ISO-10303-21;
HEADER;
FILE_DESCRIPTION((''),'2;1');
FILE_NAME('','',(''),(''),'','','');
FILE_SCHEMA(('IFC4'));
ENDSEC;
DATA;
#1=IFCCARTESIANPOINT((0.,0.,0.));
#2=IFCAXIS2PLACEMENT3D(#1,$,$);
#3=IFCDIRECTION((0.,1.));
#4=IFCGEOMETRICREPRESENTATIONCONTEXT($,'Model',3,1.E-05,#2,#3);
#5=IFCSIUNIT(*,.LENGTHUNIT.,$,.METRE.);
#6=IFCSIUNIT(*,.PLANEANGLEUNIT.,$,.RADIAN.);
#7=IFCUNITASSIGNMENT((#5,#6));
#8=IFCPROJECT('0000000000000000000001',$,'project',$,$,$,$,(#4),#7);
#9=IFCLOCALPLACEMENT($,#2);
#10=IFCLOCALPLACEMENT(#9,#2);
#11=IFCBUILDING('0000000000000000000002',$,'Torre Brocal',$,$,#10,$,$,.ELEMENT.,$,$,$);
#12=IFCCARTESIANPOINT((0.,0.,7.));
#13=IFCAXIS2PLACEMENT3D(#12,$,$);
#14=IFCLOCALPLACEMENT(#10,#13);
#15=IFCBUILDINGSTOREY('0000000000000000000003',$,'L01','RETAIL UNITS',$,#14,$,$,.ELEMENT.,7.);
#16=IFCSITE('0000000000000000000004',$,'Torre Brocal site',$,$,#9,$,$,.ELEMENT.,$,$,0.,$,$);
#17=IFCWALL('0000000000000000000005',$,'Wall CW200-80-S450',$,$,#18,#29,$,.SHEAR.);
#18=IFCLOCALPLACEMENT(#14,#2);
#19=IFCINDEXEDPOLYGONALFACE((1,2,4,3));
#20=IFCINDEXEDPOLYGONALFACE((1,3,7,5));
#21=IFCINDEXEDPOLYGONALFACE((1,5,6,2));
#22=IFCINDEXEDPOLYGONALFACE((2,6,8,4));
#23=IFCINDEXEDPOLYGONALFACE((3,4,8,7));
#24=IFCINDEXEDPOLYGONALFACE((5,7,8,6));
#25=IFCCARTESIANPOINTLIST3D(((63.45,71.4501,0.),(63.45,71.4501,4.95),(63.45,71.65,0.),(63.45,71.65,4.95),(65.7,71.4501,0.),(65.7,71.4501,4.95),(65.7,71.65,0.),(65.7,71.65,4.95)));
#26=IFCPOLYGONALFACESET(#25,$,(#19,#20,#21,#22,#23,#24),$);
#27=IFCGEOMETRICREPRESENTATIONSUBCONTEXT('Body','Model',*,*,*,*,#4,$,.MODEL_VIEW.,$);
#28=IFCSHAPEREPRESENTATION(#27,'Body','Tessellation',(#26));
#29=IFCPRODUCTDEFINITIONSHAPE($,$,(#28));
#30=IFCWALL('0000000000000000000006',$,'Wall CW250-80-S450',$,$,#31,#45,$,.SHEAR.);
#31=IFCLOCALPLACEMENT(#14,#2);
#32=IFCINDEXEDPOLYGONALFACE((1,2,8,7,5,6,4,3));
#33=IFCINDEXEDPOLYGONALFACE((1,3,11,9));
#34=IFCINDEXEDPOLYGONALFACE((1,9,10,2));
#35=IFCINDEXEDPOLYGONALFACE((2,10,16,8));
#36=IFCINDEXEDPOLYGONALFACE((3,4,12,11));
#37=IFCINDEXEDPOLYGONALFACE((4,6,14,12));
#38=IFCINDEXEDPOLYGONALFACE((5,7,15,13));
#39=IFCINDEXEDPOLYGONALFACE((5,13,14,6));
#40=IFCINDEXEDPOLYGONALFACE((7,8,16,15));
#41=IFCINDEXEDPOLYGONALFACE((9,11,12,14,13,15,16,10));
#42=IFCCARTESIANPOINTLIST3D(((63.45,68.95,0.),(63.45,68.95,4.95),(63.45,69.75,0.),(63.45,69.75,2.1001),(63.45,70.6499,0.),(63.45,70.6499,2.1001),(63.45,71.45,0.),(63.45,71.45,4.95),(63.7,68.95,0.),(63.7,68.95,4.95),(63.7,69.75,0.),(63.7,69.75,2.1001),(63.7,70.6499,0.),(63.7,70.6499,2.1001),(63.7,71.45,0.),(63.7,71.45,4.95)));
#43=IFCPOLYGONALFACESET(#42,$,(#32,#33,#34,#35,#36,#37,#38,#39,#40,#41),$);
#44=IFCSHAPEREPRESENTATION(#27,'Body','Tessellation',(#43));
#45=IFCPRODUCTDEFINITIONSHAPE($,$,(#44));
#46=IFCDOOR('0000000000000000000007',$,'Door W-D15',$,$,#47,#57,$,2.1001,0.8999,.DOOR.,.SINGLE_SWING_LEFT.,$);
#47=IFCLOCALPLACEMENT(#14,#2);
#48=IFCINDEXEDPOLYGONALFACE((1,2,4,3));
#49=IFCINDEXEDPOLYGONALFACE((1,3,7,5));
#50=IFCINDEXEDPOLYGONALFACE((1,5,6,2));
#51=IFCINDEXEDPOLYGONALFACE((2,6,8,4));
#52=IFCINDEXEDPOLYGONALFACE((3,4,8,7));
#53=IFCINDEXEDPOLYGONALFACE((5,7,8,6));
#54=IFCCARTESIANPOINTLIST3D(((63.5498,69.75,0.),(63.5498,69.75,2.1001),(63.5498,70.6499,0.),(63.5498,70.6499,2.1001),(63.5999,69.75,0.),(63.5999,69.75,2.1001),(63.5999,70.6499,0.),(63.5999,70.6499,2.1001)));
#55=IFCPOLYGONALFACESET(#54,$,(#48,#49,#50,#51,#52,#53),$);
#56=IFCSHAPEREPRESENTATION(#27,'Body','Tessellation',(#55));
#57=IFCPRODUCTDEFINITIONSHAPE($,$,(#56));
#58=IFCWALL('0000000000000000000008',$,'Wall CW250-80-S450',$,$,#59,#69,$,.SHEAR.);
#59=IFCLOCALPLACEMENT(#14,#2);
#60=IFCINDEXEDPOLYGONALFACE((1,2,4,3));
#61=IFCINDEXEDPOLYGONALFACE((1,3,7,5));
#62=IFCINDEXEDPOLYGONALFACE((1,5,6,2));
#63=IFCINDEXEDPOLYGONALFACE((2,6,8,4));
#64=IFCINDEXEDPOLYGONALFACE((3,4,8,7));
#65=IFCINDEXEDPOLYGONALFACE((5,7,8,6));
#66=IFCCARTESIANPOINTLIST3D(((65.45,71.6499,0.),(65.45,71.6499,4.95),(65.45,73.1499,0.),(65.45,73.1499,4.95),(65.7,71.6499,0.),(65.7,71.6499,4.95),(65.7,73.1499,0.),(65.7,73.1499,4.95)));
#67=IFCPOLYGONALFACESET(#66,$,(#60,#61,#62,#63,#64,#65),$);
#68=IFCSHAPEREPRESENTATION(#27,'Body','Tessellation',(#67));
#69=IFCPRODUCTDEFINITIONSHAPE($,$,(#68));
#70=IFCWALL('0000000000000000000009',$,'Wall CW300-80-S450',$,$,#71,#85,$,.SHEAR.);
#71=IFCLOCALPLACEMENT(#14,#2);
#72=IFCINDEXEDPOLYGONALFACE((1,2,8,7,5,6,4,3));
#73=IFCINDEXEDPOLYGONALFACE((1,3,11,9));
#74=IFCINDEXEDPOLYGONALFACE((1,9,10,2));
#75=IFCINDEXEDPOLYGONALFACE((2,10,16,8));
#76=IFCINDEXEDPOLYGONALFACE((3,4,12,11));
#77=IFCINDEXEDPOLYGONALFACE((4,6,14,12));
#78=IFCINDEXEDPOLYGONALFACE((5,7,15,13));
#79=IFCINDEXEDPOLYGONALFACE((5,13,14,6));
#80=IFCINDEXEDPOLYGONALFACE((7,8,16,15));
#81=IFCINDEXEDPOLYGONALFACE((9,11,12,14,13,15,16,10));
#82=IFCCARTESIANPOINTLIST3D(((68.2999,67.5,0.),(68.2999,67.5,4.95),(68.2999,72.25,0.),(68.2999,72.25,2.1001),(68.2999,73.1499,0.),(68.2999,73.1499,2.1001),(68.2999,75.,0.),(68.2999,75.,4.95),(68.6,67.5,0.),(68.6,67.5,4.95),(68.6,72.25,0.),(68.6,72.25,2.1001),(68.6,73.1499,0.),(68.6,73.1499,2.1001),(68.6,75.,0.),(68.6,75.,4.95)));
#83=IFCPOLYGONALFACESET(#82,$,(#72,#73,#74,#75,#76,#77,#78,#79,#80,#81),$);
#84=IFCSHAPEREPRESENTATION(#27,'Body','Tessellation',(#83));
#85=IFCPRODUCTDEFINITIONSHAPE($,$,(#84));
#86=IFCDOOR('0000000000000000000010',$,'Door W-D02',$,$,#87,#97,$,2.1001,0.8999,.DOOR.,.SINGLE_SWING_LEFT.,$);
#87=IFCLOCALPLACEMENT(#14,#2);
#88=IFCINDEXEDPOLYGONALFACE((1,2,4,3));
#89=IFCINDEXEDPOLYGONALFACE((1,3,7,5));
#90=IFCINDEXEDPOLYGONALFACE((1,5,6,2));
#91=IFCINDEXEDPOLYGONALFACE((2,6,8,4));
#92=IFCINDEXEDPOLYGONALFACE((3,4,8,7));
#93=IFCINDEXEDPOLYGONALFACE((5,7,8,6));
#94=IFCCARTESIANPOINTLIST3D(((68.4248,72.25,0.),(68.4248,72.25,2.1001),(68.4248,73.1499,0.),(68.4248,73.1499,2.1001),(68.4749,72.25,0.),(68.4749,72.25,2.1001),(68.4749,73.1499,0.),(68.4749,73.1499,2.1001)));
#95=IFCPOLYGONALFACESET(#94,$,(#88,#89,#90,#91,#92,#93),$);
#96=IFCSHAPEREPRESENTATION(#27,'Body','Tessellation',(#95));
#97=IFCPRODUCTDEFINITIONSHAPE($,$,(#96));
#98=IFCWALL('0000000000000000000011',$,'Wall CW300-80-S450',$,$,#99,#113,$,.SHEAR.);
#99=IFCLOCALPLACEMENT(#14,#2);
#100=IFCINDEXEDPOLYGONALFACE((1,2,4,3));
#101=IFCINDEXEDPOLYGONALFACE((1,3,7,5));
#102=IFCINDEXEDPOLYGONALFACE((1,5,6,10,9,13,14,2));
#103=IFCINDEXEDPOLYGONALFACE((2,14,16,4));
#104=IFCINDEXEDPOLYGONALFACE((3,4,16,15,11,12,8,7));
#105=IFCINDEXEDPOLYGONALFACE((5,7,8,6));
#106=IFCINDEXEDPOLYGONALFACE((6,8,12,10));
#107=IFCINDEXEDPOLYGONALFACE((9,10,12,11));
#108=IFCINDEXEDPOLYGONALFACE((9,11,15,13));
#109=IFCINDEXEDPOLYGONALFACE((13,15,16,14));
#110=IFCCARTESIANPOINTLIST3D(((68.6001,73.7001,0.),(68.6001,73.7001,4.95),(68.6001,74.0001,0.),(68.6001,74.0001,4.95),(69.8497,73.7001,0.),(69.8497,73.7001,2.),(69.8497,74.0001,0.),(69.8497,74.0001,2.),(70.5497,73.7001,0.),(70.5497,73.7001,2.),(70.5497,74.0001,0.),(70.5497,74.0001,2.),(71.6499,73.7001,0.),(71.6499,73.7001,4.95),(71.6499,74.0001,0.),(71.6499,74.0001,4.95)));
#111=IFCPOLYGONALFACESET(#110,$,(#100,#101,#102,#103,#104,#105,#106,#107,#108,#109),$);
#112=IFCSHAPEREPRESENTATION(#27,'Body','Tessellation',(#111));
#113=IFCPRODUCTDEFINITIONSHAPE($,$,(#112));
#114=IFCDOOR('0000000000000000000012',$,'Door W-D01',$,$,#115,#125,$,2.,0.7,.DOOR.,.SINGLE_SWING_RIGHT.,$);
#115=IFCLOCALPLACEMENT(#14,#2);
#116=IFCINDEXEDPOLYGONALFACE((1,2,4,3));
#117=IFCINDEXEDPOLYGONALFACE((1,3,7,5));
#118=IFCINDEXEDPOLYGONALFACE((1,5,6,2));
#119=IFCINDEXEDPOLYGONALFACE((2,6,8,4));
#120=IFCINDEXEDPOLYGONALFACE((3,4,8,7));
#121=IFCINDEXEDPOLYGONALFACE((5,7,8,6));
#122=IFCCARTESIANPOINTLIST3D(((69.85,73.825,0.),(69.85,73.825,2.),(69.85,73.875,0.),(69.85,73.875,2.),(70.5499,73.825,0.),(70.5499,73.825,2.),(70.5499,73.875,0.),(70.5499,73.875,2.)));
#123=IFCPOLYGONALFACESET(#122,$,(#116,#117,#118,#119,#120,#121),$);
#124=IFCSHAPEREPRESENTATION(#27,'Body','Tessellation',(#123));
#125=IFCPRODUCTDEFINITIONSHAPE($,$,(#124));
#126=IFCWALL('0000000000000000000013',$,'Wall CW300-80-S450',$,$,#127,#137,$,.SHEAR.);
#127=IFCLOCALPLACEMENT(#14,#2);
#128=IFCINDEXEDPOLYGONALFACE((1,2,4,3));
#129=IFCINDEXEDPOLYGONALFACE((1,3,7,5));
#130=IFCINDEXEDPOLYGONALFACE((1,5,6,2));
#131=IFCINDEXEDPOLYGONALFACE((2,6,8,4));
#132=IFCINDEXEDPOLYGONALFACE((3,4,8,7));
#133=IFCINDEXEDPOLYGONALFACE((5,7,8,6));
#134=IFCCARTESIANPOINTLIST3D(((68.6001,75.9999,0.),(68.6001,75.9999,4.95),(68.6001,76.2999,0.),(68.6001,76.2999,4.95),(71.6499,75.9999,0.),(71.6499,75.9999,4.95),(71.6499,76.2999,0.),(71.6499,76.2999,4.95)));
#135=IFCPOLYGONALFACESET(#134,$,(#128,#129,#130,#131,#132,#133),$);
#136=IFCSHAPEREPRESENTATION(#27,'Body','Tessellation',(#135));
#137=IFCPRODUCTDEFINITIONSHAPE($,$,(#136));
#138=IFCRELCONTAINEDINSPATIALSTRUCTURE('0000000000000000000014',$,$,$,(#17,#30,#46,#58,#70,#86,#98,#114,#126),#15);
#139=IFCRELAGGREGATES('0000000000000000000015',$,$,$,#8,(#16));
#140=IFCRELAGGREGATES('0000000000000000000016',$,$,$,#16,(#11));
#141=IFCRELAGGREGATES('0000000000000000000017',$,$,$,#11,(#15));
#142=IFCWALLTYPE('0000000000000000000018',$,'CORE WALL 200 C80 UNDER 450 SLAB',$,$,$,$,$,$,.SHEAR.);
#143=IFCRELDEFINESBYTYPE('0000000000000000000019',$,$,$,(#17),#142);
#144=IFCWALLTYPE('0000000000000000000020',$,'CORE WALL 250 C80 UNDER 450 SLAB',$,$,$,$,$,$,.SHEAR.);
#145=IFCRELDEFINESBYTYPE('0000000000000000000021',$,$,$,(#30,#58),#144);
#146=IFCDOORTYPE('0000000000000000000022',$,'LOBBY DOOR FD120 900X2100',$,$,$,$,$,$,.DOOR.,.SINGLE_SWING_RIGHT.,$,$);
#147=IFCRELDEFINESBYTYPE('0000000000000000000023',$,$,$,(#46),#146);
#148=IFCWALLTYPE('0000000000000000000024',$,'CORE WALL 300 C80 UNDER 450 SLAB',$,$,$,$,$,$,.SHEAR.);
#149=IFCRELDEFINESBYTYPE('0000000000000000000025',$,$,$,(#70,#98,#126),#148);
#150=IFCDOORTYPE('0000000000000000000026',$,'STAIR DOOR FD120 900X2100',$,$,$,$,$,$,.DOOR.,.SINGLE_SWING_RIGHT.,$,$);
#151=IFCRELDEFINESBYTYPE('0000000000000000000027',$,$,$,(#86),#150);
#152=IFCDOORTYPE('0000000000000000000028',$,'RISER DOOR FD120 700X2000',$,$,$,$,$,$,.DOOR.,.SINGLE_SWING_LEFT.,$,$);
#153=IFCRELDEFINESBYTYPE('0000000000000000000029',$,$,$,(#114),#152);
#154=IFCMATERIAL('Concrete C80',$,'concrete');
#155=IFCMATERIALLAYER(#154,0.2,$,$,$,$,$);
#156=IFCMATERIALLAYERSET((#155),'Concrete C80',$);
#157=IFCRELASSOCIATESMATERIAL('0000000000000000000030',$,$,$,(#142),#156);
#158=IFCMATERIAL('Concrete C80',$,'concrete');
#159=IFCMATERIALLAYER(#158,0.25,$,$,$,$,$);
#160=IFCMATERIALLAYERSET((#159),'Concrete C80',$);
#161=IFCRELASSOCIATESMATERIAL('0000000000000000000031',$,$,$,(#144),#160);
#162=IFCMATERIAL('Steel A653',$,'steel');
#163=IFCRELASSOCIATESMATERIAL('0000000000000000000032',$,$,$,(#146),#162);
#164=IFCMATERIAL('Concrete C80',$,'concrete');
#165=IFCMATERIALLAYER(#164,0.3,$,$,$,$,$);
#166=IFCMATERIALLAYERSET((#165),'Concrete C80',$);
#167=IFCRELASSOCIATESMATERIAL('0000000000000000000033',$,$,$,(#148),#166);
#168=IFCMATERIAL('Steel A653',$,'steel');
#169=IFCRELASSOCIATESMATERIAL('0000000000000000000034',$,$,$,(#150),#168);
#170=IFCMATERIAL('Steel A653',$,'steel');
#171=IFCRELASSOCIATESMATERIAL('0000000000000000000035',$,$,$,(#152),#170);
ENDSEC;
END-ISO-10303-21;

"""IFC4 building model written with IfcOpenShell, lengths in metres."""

from ifc_helpers import new_model, si_unit, direction, frame, frame_2d, origin, place, context, subcontext, project, spatial, rectangle, extrude, material, layer, layer_set, type_object, element, fill, save


model = new_model("IFC4")

# Units and contexts
model_context = context("Model", 3, precision=1e-05, world=origin(), true_north=direction((0.0, 1.0)))
body_context = subcontext(model_context, "Body", "Model", "MODEL_VIEW")
ifc_project = project(units=[si_unit("LENGTHUNIT", "METRE"), si_unit("PLANEANGLEUNIT", "RADIAN")], contexts=[model_context])

# Site, building, storey
site_placement = place(None, origin())
site = spatial("IfcSite", under=ifc_project, at=site_placement, Name="Torre Brocal site", CompositionType="ELEMENT", RefElevation=0.0)
building_placement = place(site_placement, origin())
building = spatial("IfcBuilding", under=site, at=building_placement, Name="Torre Brocal", CompositionType="ELEMENT")
storey_placement = place(building_placement, frame((0.0, 0.0, 7.0)))
storey = spatial("IfcBuildingStorey", under=building, at=storey_placement, Name="L01", Description="RETAIL UNITS", CompositionType="ELEMENT", Elevation=7.0)

# Wall
ifc_material_1 = material(Name="Concrete C80", Category="concrete")
ifc_layer_1 = layer(ifc_material_1, 0.2)
ifc_layer_set_1 = layer_set([ifc_layer_1], Name="Concrete C80")
wall_type_1 = type_object("IfcWallType", Name="CORE WALL 200 C80 UNDER 450 SLAB", PredefinedType="SHEAR", material=ifc_layer_set_1)
wall_1_placement = place(storey_placement, frame((65.7, 71.55, 0.0), z_axis=(0.0, 0.0, 1.0), x_axis=(-1.0, 0.0, 0.0)))
element("IfcWall", 1, at=wall_1_placement, inside=storey, type_object=wall_type_1, Name="Wall CW200-80-S450", PredefinedType="SHEAR", context=body_context, shape_type="SweptSolid", body=[
    extrude(rectangle(XDim=2.25, YDim=0.2, at=frame_2d((1.125, 0.0))), origin(), (0.0, 0.0, 1.0), 4.95),
])

# Wall, opening, door
ifc_material_2 = material(Name="Concrete C80", Category="concrete")
ifc_layer_2 = layer(ifc_material_2, 0.25)
ifc_layer_set_2 = layer_set([ifc_layer_2], Name="Concrete C80")
wall_type_2 = type_object("IfcWallType", Name="CORE WALL 250 C80 UNDER 450 SLAB", PredefinedType="SHEAR", material=ifc_layer_set_2)
wall_2_placement = place(storey_placement, frame((63.575, 71.45, 0.0), z_axis=(0.0, 0.0, 1.0), x_axis=(0.0, -1.0, 0.0)))
wall_2 = element("IfcWall", 2, at=wall_2_placement, inside=storey, type_object=wall_type_2, Name="Wall CW250-80-S450", PredefinedType="SHEAR", context=body_context, shape_type="SweptSolid", body=[
    extrude(rectangle(XDim=2.5, YDim=0.25, at=frame_2d((1.25, 0.0))), origin(), (0.0, 0.0, 1.0), 4.95),
])
opening_1_placement = place(wall_2_placement, frame((0.8, 0.0, 0.0)))
opening_1 = element("IfcOpeningElement", 3, at=opening_1_placement, cuts=wall_2, PredefinedType="OPENING", context=body_context, shape_type="SweptSolid", body=[
    extrude(rectangle(XDim=0.8999, YDim=2.1001, at=frame_2d((0.45, 1.05))), frame((0.0, 0.135, 0.0), z_axis=(0.0, -1.0, 0.0), x_axis=(1.0, 0.0, 0.0)), (0.0, 0.0, 1.0), 0.27),
])
ifc_material_3 = material(Name="Steel A653", Category="steel")
door_type_1 = type_object("IfcDoorType", Name="LOBBY DOOR FD120 900X2100", OperationType="SINGLE_SWING_RIGHT", PredefinedType="DOOR", material=ifc_material_3)
door_1_placement = place(opening_1_placement, origin())
door_1 = element("IfcDoor", 4, at=door_1_placement, inside=storey, type_object=door_type_1, Name="Door W-D15", OperationType="SINGLE_SWING_LEFT", OverallHeight=2.1001, OverallWidth=0.8999, PredefinedType="DOOR", context=body_context, shape_type="SweptSolid", body=[
    extrude(rectangle(XDim=0.8999, YDim=2.1001, at=frame_2d((0.45, 1.05))), frame((0.0, 0.0249, 0.0), z_axis=(0.0, -1.0, 0.0), x_axis=(1.0, 0.0, 0.0)), (0.0, 0.0, 1.0), 0.05),
])
fill(opening_1, door_1)

# Wall
wall_3_placement = place(storey_placement, frame((65.575, 73.1499, 0.0), z_axis=(0.0, 0.0, 1.0), x_axis=(0.0, -1.0, 0.0)))
element("IfcWall", 5, at=wall_3_placement, inside=storey, type_object=wall_type_2, Name="Wall CW250-80-S450", PredefinedType="SHEAR", context=body_context, shape_type="SweptSolid", body=[
    extrude(rectangle(XDim=1.5, YDim=0.25, at=frame_2d((0.75, 0.0))), origin(), (0.0, 0.0, 1.0), 4.95),
])

# Walls, openings, doors
ifc_material_4 = material(Name="Concrete C80", Category="concrete")
ifc_layer_3 = layer(ifc_material_4, 0.3)
ifc_layer_set_3 = layer_set([ifc_layer_3], Name="Concrete C80")
wall_type_3 = type_object("IfcWallType", Name="CORE WALL 300 C80 UNDER 450 SLAB", PredefinedType="SHEAR", material=ifc_layer_set_3)
wall_4_placement = place(storey_placement, frame((68.45, 75.0, 0.0), z_axis=(0.0, 0.0, 1.0), x_axis=(0.0, -1.0, 0.0)))
wall_4 = element("IfcWall", 6, at=wall_4_placement, inside=storey, type_object=wall_type_3, Name="Wall CW300-80-S450", PredefinedType="SHEAR", context=body_context, shape_type="SweptSolid", body=[
    extrude(rectangle(XDim=7.5, YDim=0.3, at=frame_2d((3.75, 0.0))), origin(), (0.0, 0.0, 1.0), 4.95),
])
opening_2_placement = place(wall_4_placement, frame((1.8501, 0.0, 0.0)))
opening_2 = element("IfcOpeningElement", 7, at=opening_2_placement, cuts=wall_4, PredefinedType="OPENING", context=body_context, shape_type="SweptSolid", body=[
    extrude(rectangle(XDim=0.8999, YDim=2.1001, at=frame_2d((0.45, 1.05))), frame((0.0, 0.1599, 0.0), z_axis=(0.0, -1.0, 0.0), x_axis=(1.0, 0.0, 0.0)), (0.0, 0.0, 1.0), 0.3201),
])
ifc_material_5 = material(Name="Steel A653", Category="steel")
door_type_2 = type_object("IfcDoorType", Name="STAIR DOOR FD120 900X2100", OperationType="SINGLE_SWING_RIGHT", PredefinedType="DOOR", material=ifc_material_5)
door_2_placement = place(opening_2_placement, origin())
door_2 = element("IfcDoor", 8, at=door_2_placement, inside=storey, type_object=door_type_2, Name="Door W-D02", OperationType="SINGLE_SWING_LEFT", OverallHeight=2.1001, OverallWidth=0.8999, PredefinedType="DOOR", context=body_context, shape_type="SweptSolid", body=[
    extrude(rectangle(XDim=0.8999, YDim=2.1001, at=frame_2d((0.45, 1.05))), frame((0.0, 0.0249, 0.0), z_axis=(0.0, -1.0, 0.0), x_axis=(1.0, 0.0, 0.0)), (0.0, 0.0, 1.0), 0.05),
])
fill(opening_2, door_2)
wall_5_placement = place(storey_placement, frame((71.6499, 73.8501, 0.0), z_axis=(0.0, 0.0, 1.0), x_axis=(-1.0, 0.0, 0.0)))
wall_5 = element("IfcWall", 9, at=wall_5_placement, inside=storey, type_object=wall_type_3, Name="Wall CW300-80-S450", PredefinedType="SHEAR", context=body_context, shape_type="SweptSolid", body=[
    extrude(rectangle(XDim=3.0498, YDim=0.3, at=frame_2d((1.5249, 0.0))), origin(), (0.0, 0.0, 1.0), 4.95),
])
opening_3_placement = place(wall_5_placement, frame((1.1001, 0.0, 0.0)))
opening_3 = element("IfcOpeningElement", 10, at=opening_3_placement, cuts=wall_5, PredefinedType="OPENING", context=body_context, shape_type="SweptSolid", body=[
    extrude(rectangle(XDim=0.7, YDim=2.0, at=frame_2d((0.3501, 1.0))), frame((0.0, 0.1599, 0.0), z_axis=(0.0, -1.0, 0.0), x_axis=(1.0, 0.0, 0.0)), (0.0, 0.0, 1.0), 0.3201),
])
ifc_material_6 = material(Name="Steel A653", Category="steel")
door_type_3 = type_object("IfcDoorType", Name="RISER DOOR FD120 700X2000", OperationType="SINGLE_SWING_LEFT", PredefinedType="DOOR", material=ifc_material_6)
door_3_placement = place(opening_3_placement, frame((0.7, 0.0, 0.0), z_axis=(0.0, 0.0, 1.0), x_axis=(-1.0, 0.0, 0.0)))
door_3 = element("IfcDoor", 11, at=door_3_placement, inside=storey, type_object=door_type_3, Name="Door W-D01", OperationType="SINGLE_SWING_RIGHT", OverallHeight=2.0, OverallWidth=0.7, PredefinedType="DOOR", context=body_context, shape_type="SweptSolid", body=[
    extrude(rectangle(XDim=0.7, YDim=2.0, at=frame_2d((0.3501, 1.0))), frame((0.0, 0.0249, 0.0), z_axis=(0.0, -1.0, 0.0), x_axis=(1.0, 0.0, 0.0)), (0.0, 0.0, 1.0), 0.05),
])
fill(opening_3, door_3)

# Wall
wall_6_placement = place(storey_placement, frame((71.6499, 76.1499, 0.0), z_axis=(0.0, 0.0, 1.0), x_axis=(-1.0, 0.0, 0.0)))
element("IfcWall", 12, at=wall_6_placement, inside=storey, type_object=wall_type_3, Name="Wall CW300-80-S450", PredefinedType="SHEAR", context=body_context, shape_type="SweptSolid", body=[
    extrude(rectangle(XDim=3.0498, YDim=0.3, at=frame_2d((1.5249, 0.0))), origin(), (0.0, 0.0, 1.0), 4.95),
])

save(model, "model.ifc")
